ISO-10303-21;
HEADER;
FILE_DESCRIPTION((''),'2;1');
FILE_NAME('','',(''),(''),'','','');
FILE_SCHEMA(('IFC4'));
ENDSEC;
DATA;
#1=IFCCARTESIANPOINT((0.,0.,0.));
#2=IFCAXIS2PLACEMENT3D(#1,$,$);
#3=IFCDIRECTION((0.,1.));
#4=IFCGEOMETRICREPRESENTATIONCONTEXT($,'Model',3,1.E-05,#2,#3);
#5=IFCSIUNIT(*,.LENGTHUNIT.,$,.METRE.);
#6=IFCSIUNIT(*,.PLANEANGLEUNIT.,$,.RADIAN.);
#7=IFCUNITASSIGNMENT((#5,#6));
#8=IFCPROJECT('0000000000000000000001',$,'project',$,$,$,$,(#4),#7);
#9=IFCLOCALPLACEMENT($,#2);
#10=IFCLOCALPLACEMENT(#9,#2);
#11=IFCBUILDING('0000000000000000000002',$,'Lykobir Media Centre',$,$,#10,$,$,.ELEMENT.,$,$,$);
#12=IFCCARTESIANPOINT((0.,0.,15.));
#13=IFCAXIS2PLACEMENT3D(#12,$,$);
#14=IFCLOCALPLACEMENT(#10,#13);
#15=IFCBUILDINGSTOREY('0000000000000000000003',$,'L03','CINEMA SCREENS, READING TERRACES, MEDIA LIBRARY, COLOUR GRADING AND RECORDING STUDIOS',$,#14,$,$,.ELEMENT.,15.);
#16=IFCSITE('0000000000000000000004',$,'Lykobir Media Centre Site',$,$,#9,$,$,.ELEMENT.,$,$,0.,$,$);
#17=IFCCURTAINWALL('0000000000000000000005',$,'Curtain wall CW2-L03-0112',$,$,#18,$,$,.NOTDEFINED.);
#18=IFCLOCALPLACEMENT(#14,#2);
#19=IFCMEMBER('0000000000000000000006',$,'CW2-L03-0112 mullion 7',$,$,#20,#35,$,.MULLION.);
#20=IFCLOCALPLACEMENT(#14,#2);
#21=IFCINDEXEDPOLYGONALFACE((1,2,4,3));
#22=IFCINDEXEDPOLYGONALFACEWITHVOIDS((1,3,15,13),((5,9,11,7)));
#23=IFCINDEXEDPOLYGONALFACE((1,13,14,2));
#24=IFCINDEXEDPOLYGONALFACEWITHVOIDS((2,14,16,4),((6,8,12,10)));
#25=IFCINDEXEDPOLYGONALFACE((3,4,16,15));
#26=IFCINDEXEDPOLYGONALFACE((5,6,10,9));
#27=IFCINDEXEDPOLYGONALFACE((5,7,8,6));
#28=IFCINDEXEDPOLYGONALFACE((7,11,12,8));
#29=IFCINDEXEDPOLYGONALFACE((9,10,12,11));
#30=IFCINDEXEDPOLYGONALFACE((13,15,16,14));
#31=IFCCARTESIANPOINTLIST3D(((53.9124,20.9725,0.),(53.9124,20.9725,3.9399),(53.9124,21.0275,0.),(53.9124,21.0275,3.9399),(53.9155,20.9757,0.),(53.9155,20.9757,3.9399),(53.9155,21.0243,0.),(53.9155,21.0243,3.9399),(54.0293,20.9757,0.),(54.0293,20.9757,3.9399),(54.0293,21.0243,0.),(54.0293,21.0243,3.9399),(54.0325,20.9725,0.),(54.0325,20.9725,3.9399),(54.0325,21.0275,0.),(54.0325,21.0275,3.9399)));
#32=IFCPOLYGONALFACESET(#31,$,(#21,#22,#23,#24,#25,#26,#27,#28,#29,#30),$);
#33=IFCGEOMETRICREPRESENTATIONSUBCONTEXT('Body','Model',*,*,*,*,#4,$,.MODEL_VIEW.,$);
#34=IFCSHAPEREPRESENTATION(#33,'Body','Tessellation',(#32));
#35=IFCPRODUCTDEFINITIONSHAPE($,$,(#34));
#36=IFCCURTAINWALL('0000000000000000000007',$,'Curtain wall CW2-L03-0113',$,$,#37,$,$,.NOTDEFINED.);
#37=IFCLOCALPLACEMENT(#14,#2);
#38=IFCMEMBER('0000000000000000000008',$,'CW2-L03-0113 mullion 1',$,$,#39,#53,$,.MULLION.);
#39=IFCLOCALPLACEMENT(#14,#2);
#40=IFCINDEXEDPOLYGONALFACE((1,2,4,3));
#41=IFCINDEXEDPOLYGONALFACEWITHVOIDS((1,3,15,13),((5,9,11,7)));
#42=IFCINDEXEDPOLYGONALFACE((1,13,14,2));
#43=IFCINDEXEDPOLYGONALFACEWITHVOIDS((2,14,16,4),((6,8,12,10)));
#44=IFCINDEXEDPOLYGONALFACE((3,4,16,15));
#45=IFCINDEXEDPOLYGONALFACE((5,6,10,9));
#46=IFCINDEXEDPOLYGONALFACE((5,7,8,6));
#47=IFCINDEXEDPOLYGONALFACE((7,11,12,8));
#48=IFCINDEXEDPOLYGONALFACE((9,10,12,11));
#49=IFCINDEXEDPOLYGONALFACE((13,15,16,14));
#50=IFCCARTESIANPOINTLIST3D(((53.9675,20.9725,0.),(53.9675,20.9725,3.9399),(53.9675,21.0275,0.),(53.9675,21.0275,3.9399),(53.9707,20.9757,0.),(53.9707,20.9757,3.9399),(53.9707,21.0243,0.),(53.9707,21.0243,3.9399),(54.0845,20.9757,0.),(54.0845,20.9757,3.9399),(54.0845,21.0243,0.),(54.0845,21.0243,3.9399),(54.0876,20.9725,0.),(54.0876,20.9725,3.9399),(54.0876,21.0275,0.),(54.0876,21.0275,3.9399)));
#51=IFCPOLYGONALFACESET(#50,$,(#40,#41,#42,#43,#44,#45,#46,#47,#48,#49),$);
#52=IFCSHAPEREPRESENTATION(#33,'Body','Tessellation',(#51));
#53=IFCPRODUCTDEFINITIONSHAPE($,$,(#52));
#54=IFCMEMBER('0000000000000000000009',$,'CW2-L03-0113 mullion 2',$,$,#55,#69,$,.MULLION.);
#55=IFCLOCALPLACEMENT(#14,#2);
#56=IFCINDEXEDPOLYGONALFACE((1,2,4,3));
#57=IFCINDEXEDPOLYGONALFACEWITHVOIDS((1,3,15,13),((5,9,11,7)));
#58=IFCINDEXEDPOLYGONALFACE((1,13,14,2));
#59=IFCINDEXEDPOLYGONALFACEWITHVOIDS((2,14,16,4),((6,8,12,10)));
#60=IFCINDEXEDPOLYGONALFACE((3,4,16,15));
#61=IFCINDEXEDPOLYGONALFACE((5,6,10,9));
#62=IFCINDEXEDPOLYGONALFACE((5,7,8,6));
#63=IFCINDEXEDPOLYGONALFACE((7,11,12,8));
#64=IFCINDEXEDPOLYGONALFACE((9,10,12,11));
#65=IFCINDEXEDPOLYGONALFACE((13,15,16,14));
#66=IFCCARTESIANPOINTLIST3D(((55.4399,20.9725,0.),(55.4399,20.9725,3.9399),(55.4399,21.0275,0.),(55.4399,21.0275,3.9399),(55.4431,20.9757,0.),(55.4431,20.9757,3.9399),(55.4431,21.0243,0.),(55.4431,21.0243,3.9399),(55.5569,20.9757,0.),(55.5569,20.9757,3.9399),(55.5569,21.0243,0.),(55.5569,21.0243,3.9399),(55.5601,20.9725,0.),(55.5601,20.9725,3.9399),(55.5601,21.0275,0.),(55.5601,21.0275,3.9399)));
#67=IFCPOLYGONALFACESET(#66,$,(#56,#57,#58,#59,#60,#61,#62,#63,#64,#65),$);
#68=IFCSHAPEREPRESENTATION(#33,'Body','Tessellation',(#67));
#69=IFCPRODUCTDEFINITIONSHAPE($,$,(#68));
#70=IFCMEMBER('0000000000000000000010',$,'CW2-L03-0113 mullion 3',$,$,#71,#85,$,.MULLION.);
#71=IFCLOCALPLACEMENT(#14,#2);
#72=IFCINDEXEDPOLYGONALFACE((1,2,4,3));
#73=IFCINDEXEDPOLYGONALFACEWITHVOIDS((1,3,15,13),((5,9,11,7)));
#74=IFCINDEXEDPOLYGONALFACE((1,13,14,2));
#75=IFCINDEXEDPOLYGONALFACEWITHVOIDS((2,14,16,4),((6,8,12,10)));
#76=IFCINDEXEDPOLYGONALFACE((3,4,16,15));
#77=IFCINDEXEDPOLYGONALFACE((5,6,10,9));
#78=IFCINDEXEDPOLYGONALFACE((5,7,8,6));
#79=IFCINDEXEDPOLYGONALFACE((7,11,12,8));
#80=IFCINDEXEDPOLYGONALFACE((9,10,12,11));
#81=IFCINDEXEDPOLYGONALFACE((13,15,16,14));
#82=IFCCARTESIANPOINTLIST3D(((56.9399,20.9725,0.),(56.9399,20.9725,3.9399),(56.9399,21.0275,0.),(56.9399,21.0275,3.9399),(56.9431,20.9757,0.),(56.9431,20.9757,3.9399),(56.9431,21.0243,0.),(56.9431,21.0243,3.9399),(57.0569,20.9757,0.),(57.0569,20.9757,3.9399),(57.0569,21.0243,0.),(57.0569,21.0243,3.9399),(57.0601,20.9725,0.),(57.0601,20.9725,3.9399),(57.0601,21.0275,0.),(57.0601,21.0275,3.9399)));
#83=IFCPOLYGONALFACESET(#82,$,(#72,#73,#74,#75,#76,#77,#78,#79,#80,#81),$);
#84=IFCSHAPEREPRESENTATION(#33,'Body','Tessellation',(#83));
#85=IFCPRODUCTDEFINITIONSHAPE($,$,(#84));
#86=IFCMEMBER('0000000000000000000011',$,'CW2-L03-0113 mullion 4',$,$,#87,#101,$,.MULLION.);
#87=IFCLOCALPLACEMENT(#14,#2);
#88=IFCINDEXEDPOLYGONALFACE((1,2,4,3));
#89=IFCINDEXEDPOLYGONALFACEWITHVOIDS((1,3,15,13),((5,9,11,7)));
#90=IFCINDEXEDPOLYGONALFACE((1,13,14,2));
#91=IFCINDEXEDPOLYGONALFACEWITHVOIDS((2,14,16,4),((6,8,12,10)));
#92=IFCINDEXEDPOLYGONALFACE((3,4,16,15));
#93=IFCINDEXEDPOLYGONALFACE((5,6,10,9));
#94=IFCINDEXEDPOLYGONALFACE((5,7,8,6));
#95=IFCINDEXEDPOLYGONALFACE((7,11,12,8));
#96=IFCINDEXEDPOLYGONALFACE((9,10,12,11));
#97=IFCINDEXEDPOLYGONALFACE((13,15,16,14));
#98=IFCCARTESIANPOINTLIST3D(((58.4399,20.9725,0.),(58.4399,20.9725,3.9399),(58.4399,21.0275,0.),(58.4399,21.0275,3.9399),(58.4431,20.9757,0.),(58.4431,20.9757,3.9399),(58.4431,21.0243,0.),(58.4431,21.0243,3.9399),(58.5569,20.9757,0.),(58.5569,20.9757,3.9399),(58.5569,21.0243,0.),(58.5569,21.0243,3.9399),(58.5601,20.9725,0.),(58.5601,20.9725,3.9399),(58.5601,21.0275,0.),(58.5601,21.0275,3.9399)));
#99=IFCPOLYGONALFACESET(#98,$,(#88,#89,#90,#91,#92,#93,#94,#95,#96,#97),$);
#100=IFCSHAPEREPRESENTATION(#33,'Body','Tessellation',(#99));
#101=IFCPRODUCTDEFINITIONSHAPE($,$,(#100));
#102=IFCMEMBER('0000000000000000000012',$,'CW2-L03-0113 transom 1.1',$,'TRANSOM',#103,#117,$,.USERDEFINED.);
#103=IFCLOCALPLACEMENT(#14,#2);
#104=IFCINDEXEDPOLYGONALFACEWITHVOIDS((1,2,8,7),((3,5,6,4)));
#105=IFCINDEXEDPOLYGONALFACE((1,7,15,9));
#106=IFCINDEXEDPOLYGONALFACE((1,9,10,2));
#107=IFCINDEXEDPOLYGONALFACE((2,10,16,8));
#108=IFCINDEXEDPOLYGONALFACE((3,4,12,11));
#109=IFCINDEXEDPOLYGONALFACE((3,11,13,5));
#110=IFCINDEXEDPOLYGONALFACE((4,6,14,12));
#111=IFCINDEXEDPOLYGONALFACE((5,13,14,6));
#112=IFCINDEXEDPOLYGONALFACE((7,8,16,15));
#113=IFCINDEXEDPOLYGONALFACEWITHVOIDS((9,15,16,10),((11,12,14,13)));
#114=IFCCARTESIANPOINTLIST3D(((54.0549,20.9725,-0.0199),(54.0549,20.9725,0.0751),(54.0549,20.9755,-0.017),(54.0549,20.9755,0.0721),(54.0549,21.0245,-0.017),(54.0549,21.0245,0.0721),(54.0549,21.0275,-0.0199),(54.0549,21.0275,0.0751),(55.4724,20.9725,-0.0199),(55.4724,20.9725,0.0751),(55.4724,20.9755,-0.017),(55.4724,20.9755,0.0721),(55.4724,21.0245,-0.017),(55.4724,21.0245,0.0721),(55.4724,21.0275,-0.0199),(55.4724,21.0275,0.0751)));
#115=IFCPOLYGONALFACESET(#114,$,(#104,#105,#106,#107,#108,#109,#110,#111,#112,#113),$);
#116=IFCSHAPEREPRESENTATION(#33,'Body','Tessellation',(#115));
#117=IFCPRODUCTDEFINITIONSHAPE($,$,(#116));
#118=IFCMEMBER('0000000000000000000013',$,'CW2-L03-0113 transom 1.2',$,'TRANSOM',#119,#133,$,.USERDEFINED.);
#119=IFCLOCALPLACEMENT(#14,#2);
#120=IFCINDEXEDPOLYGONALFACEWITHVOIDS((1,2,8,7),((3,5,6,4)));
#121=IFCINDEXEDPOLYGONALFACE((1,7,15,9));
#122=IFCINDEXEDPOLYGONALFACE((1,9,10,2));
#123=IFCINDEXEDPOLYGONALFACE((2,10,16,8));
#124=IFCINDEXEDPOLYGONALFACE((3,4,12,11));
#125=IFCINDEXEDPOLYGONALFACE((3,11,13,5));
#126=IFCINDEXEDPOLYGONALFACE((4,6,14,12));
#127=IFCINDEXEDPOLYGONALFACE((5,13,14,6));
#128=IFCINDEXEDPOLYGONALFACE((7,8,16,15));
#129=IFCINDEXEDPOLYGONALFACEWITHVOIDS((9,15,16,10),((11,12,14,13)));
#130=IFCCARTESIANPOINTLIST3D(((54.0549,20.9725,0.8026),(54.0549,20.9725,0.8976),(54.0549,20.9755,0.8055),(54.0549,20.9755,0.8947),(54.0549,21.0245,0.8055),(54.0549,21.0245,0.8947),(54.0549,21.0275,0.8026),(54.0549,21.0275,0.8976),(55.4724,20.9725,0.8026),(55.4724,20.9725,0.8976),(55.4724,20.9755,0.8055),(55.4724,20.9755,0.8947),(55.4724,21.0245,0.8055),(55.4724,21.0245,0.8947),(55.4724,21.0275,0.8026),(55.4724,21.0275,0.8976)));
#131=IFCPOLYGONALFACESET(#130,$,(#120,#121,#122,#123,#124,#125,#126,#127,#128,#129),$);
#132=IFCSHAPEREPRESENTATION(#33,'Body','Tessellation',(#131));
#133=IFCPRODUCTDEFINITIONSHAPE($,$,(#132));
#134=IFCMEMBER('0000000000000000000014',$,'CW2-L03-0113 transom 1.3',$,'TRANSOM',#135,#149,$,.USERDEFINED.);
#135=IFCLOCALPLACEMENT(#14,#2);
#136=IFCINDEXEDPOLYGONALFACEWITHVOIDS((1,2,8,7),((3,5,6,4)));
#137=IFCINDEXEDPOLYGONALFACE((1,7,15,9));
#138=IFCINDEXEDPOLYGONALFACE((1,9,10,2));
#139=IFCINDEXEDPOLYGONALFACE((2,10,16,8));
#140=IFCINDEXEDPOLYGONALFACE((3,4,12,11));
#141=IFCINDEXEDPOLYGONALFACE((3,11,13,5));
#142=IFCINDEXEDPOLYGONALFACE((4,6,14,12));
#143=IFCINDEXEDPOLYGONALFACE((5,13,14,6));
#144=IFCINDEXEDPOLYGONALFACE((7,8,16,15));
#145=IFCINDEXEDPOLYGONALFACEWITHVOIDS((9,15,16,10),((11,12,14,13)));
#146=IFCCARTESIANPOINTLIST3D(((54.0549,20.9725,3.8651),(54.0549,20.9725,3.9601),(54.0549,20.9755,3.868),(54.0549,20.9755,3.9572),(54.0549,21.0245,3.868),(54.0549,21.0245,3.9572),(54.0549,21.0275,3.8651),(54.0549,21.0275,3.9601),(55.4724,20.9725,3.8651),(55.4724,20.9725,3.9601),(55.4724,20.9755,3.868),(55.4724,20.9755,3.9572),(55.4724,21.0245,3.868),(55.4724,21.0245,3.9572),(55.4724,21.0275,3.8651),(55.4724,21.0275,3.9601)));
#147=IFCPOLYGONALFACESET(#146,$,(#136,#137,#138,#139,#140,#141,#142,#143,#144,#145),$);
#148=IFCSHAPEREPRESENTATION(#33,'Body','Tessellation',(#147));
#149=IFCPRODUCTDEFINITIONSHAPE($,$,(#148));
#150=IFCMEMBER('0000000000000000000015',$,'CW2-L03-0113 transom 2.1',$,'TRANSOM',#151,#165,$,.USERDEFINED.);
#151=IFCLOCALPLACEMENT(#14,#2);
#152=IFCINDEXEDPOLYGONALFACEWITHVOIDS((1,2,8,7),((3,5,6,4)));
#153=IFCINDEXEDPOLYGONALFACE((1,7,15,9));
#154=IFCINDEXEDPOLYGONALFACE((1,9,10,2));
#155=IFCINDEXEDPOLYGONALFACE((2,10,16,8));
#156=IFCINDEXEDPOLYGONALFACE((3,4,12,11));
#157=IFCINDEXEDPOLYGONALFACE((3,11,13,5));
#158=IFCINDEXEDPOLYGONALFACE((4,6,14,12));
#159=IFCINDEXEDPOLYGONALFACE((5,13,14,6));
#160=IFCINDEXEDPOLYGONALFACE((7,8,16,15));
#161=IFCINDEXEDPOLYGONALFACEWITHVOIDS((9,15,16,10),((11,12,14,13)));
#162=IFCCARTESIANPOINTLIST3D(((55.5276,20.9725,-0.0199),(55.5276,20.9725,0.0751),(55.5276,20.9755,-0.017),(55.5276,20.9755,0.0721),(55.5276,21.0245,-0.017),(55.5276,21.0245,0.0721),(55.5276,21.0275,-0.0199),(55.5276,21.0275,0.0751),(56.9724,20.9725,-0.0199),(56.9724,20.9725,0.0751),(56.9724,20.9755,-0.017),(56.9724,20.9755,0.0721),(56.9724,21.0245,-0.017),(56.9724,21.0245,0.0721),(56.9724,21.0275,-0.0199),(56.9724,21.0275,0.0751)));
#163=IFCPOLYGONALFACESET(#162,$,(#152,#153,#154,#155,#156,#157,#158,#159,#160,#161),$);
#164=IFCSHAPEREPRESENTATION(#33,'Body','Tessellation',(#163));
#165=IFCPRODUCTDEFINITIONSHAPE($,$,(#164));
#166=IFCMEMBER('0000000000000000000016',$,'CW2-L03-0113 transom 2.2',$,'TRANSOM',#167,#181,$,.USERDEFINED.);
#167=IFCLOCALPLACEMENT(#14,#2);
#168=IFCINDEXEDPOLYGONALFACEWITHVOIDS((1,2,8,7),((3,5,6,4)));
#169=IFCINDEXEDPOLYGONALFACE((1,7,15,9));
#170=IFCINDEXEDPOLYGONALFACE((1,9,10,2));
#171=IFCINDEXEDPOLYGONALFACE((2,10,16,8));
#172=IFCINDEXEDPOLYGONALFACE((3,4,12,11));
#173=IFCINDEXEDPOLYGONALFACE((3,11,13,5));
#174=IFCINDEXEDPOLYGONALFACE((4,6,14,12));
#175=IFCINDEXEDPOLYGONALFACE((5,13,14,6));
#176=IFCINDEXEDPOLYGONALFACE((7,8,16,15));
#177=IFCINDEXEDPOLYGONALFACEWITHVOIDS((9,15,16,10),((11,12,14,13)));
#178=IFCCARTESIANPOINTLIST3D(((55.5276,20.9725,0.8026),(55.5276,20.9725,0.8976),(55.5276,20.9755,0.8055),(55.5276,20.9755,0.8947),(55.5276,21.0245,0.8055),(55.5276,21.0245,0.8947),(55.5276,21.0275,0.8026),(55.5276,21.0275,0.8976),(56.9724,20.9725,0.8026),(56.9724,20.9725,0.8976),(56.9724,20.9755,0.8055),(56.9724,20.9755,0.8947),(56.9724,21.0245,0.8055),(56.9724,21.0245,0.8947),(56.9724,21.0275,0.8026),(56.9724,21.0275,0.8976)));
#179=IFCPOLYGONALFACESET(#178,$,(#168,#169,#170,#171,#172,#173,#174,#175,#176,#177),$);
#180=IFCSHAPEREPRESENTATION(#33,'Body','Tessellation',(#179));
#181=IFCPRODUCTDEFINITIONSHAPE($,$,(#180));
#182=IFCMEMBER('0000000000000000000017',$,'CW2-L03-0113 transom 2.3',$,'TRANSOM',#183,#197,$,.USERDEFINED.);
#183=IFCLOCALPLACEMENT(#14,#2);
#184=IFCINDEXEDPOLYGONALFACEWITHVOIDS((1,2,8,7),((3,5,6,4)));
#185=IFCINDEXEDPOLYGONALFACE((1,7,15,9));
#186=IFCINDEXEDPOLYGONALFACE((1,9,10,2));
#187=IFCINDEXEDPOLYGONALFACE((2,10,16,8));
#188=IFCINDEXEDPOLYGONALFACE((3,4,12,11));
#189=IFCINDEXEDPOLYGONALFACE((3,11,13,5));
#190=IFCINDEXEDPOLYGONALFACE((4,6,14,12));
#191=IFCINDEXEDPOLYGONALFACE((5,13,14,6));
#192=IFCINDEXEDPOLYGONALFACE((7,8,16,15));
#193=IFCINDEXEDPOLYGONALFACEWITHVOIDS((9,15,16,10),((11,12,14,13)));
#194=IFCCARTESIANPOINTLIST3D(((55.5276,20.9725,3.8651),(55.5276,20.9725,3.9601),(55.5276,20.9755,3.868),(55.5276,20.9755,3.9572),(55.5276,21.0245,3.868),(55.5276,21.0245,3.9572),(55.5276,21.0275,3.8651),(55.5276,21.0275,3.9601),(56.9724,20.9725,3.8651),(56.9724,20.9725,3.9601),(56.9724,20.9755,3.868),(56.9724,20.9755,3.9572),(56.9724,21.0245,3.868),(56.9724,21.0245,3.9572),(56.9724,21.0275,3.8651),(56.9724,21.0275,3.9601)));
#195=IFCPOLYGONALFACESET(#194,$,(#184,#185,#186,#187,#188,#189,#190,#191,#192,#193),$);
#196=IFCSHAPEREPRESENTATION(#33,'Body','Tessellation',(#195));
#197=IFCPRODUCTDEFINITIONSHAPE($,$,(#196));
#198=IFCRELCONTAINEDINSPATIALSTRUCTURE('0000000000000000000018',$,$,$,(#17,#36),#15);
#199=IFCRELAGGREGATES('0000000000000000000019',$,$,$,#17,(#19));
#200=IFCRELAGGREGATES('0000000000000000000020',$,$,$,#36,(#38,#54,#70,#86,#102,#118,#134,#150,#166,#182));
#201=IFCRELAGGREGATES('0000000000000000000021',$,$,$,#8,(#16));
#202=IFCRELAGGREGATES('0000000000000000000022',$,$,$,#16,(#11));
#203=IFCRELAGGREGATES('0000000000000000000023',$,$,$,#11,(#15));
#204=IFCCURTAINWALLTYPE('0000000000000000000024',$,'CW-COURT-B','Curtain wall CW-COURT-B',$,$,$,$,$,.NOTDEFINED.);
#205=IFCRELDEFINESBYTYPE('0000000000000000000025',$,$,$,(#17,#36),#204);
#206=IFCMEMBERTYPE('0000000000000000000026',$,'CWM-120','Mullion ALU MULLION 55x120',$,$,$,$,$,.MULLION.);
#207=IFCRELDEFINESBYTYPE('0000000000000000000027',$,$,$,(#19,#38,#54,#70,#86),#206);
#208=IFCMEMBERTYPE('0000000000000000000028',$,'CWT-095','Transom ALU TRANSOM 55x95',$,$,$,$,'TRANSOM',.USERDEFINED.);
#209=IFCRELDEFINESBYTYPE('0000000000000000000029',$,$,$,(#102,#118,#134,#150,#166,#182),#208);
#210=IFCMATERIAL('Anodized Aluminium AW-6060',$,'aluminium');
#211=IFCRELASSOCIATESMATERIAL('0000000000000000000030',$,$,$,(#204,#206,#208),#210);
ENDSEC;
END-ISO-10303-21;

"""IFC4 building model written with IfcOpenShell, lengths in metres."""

from ifc_helpers import new_model, si_unit, direction, frame, origin, origin_2d, place, context, subcontext, project, spatial, hollow_rectangle, extrude, material, material_profile, profile_set, type_object, element, aggregate, save


model = new_model("IFC4")

# Units and contexts
model_context = context("Model", 3, precision=1e-05, world=origin(), true_north=direction((0.0, 1.0)))
body_context = subcontext(model_context, "Body", "Model", "MODEL_VIEW")
ifc_project = project(units=[si_unit("LENGTHUNIT", "METRE"), si_unit("PLANEANGLEUNIT", "RADIAN")], contexts=[model_context])

# Site, building, storey
site_placement = place(None, origin())
site = spatial("IfcSite", under=ifc_project, at=site_placement, Name="Lykobir Media Centre Site", CompositionType="ELEMENT", RefElevation=0.0)
building_placement = place(site_placement, origin())
building = spatial("IfcBuilding", under=site, at=building_placement, Name="Lykobir Media Centre", CompositionType="ELEMENT")
storey_placement = place(building_placement, frame((0.0, 0.0, 15.0)))
storey = spatial("IfcBuildingStorey", under=building, at=storey_placement, Name="L03", Description="CINEMA SCREENS, READING TERRACES, MEDIA LIBRARY, COLOUR GRADING AND RECORDING STUDIOS", CompositionType="ELEMENT", Elevation=15.0)

# Curtain wall, member
ifc_material_1 = material(Name="Anodized Aluminium AW-6060", Category="aluminium")
curtain_wall_type = type_object("IfcCurtainWallType", Name="CW-COURT-B", Description="Curtain wall CW-COURT-B", PredefinedType="NOTDEFINED", material=ifc_material_1)
curtain_wall_1_placement = place(storey_placement, origin())
curtain_wall_1 = element("IfcCurtainWall", 1, at=curtain_wall_1_placement, inside=storey, type_object=curtain_wall_type, Name="Curtain wall CW2-L03-0112", PredefinedType="NOTDEFINED")
ifc_material_profile_1 = material_profile(ifc_material_1, hollow_rectangle(XDim=0.0549, YDim=0.1201, WallThickness=0.0032, at=origin_2d()), Name="ALU MULLION 55x120")
ifc_profile_set_1 = profile_set([ifc_material_profile_1], Name="Anodized Aluminium AW-6060")
member_type_1 = type_object("IfcMemberType", Name="CWM-120", Description="Mullion ALU MULLION 55x120", PredefinedType="MULLION", material=ifc_profile_set_1)
member_1_placement = place(storey_placement, frame((53.9724, 21.0, 0.0), z_axis=(0.0, 0.0, 1.0), x_axis=(0.0, 1.0, 0.0)))
member_1 = element("IfcMember", 2, at=member_1_placement, type_object=member_type_1, Name="CW2-L03-0112 mullion 7", PredefinedType="MULLION", context=body_context, shape_type="SweptSolid", body=[
    extrude(hollow_rectangle(XDim=0.0549, YDim=0.1201, WallThickness=0.0032, at=origin_2d()), origin(), (0.0, 0.0, 1.0), 3.9399),
])
aggregate(curtain_wall_1, [member_1])

# Curtain wall, members
curtain_wall_2_placement = place(storey_placement, origin())
curtain_wall_2 = element("IfcCurtainWall", 3, at=curtain_wall_2_placement, inside=storey, type_object=curtain_wall_type, Name="Curtain wall CW2-L03-0113", PredefinedType="NOTDEFINED")
member_2_placement = place(storey_placement, frame((54.0276, 21.0, 0.0), z_axis=(0.0, 0.0, 1.0), x_axis=(0.0, 1.0, 0.0)))
member_2 = element("IfcMember", 4, at=member_2_placement, type_object=member_type_1, Name="CW2-L03-0113 mullion 1", PredefinedType="MULLION", context=body_context, shape_type="SweptSolid", body=[
    extrude(hollow_rectangle(XDim=0.0549, YDim=0.1201, WallThickness=0.0032, at=origin_2d()), origin(), (0.0, 0.0, 1.0), 3.9399),
])
member_3_placement = place(storey_placement, frame((55.5, 21.0, 0.0), z_axis=(0.0, 0.0, 1.0), x_axis=(0.0, 1.0, 0.0)))
member_3 = element("IfcMember", 5, at=member_3_placement, type_object=member_type_1, Name="CW2-L03-0113 mullion 2", PredefinedType="MULLION", context=body_context, shape_type="SweptSolid", body=[
    extrude(hollow_rectangle(XDim=0.0549, YDim=0.1201, WallThickness=0.0032, at=origin_2d()), origin(), (0.0, 0.0, 1.0), 3.9399),
])
member_4_placement = place(storey_placement, frame((57.0, 21.0, 0.0), z_axis=(0.0, 0.0, 1.0), x_axis=(0.0, 1.0, 0.0)))
member_4 = element("IfcMember", 6, at=member_4_placement, type_object=member_type_1, Name="CW2-L03-0113 mullion 3", PredefinedType="MULLION", context=body_context, shape_type="SweptSolid", body=[
    extrude(hollow_rectangle(XDim=0.0549, YDim=0.1201, WallThickness=0.0032, at=origin_2d()), origin(), (0.0, 0.0, 1.0), 3.9399),
])
member_5_placement = place(storey_placement, frame((58.5, 21.0, 0.0), z_axis=(0.0, 0.0, 1.0), x_axis=(0.0, 1.0, 0.0)))
member_5 = element("IfcMember", 7, at=member_5_placement, type_object=member_type_1, Name="CW2-L03-0113 mullion 4", PredefinedType="MULLION", context=body_context, shape_type="SweptSolid", body=[
    extrude(hollow_rectangle(XDim=0.0549, YDim=0.1201, WallThickness=0.0032, at=origin_2d()), origin(), (0.0, 0.0, 1.0), 3.9399),
])
ifc_material_profile_2 = material_profile(ifc_material_1, hollow_rectangle(XDim=0.0549, YDim=0.095, WallThickness=0.0029, at=origin_2d()), Name="ALU TRANSOM 55x95")
ifc_profile_set_2 = profile_set([ifc_material_profile_2], Name="Anodized Aluminium AW-6060")
member_type_2 = type_object("IfcMemberType", Name="CWT-095", Description="Transom ALU TRANSOM 55x95", ElementType="TRANSOM", PredefinedType="USERDEFINED", material=ifc_profile_set_2)
member_6_placement = place(storey_placement, frame((54.0549, 21.0, 0.0276), z_axis=(1.0, 0.0, 0.0), x_axis=(0.0, 1.0, 0.0)))
member_6 = element("IfcMember", 8, at=member_6_placement, type_object=member_type_2, Name="CW2-L03-0113 transom 1.1", ObjectType="TRANSOM", PredefinedType="USERDEFINED", context=body_context, shape_type="SweptSolid", body=[
    extrude(hollow_rectangle(XDim=0.0549, YDim=0.095, WallThickness=0.0029, at=origin_2d()), origin(), (0.0, 0.0, 1.0), 1.4175),
])
member_7_placement = place(storey_placement, frame((54.0549, 21.0, 0.8501), z_axis=(1.0, 0.0, 0.0), x_axis=(0.0, 1.0, 0.0)))
member_7 = element("IfcMember", 9, at=member_7_placement, type_object=member_type_2, Name="CW2-L03-0113 transom 1.2", ObjectType="TRANSOM", PredefinedType="USERDEFINED", context=body_context, shape_type="SweptSolid", body=[
    extrude(hollow_rectangle(XDim=0.0549, YDim=0.095, WallThickness=0.0029, at=origin_2d()), origin(), (0.0, 0.0, 1.0), 1.4175),
])
member_8_placement = place(storey_placement, frame((54.0549, 21.0, 3.9126), z_axis=(1.0, 0.0, 0.0), x_axis=(0.0, 1.0, 0.0)))
member_8 = element("IfcMember", 10, at=member_8_placement, type_object=member_type_2, Name="CW2-L03-0113 transom 1.3", ObjectType="TRANSOM", PredefinedType="USERDEFINED", context=body_context, shape_type="SweptSolid", body=[
    extrude(hollow_rectangle(XDim=0.0549, YDim=0.095, WallThickness=0.0029, at=origin_2d()), origin(), (0.0, 0.0, 1.0), 1.4175),
])
member_9_placement = place(storey_placement, frame((55.5276, 21.0, 0.0276), z_axis=(1.0, 0.0, 0.0), x_axis=(0.0, 1.0, 0.0)))
member_9 = element("IfcMember", 11, at=member_9_placement, type_object=member_type_2, Name="CW2-L03-0113 transom 2.1", ObjectType="TRANSOM", PredefinedType="USERDEFINED", context=body_context, shape_type="SweptSolid", body=[
    extrude(hollow_rectangle(XDim=0.0549, YDim=0.095, WallThickness=0.0029, at=origin_2d()), origin(), (0.0, 0.0, 1.0), 1.4448),
])
member_10_placement = place(storey_placement, frame((55.5276, 21.0, 0.8501), z_axis=(1.0, 0.0, 0.0), x_axis=(0.0, 1.0, 0.0)))
member_10 = element("IfcMember", 12, at=member_10_placement, type_object=member_type_2, Name="CW2-L03-0113 transom 2.2", ObjectType="TRANSOM", PredefinedType="USERDEFINED", context=body_context, shape_type="SweptSolid", body=[
    extrude(hollow_rectangle(XDim=0.0549, YDim=0.095, WallThickness=0.0029, at=origin_2d()), origin(), (0.0, 0.0, 1.0), 1.4448),
])
member_11_placement = place(storey_placement, frame((55.5276, 21.0, 3.9126), z_axis=(1.0, 0.0, 0.0), x_axis=(0.0, 1.0, 0.0)))
member_11 = element("IfcMember", 13, at=member_11_placement, type_object=member_type_2, Name="CW2-L03-0113 transom 2.3", ObjectType="TRANSOM", PredefinedType="USERDEFINED", context=body_context, shape_type="SweptSolid", body=[
    extrude(hollow_rectangle(XDim=0.0549, YDim=0.095, WallThickness=0.0029, at=origin_2d()), origin(), (0.0, 0.0, 1.0), 1.4448),
])
aggregate(curtain_wall_2, [member_2, member_3, member_4, member_5, member_6, member_7, member_8, member_9, member_10, member_11])

save(model, "model.ifc")
